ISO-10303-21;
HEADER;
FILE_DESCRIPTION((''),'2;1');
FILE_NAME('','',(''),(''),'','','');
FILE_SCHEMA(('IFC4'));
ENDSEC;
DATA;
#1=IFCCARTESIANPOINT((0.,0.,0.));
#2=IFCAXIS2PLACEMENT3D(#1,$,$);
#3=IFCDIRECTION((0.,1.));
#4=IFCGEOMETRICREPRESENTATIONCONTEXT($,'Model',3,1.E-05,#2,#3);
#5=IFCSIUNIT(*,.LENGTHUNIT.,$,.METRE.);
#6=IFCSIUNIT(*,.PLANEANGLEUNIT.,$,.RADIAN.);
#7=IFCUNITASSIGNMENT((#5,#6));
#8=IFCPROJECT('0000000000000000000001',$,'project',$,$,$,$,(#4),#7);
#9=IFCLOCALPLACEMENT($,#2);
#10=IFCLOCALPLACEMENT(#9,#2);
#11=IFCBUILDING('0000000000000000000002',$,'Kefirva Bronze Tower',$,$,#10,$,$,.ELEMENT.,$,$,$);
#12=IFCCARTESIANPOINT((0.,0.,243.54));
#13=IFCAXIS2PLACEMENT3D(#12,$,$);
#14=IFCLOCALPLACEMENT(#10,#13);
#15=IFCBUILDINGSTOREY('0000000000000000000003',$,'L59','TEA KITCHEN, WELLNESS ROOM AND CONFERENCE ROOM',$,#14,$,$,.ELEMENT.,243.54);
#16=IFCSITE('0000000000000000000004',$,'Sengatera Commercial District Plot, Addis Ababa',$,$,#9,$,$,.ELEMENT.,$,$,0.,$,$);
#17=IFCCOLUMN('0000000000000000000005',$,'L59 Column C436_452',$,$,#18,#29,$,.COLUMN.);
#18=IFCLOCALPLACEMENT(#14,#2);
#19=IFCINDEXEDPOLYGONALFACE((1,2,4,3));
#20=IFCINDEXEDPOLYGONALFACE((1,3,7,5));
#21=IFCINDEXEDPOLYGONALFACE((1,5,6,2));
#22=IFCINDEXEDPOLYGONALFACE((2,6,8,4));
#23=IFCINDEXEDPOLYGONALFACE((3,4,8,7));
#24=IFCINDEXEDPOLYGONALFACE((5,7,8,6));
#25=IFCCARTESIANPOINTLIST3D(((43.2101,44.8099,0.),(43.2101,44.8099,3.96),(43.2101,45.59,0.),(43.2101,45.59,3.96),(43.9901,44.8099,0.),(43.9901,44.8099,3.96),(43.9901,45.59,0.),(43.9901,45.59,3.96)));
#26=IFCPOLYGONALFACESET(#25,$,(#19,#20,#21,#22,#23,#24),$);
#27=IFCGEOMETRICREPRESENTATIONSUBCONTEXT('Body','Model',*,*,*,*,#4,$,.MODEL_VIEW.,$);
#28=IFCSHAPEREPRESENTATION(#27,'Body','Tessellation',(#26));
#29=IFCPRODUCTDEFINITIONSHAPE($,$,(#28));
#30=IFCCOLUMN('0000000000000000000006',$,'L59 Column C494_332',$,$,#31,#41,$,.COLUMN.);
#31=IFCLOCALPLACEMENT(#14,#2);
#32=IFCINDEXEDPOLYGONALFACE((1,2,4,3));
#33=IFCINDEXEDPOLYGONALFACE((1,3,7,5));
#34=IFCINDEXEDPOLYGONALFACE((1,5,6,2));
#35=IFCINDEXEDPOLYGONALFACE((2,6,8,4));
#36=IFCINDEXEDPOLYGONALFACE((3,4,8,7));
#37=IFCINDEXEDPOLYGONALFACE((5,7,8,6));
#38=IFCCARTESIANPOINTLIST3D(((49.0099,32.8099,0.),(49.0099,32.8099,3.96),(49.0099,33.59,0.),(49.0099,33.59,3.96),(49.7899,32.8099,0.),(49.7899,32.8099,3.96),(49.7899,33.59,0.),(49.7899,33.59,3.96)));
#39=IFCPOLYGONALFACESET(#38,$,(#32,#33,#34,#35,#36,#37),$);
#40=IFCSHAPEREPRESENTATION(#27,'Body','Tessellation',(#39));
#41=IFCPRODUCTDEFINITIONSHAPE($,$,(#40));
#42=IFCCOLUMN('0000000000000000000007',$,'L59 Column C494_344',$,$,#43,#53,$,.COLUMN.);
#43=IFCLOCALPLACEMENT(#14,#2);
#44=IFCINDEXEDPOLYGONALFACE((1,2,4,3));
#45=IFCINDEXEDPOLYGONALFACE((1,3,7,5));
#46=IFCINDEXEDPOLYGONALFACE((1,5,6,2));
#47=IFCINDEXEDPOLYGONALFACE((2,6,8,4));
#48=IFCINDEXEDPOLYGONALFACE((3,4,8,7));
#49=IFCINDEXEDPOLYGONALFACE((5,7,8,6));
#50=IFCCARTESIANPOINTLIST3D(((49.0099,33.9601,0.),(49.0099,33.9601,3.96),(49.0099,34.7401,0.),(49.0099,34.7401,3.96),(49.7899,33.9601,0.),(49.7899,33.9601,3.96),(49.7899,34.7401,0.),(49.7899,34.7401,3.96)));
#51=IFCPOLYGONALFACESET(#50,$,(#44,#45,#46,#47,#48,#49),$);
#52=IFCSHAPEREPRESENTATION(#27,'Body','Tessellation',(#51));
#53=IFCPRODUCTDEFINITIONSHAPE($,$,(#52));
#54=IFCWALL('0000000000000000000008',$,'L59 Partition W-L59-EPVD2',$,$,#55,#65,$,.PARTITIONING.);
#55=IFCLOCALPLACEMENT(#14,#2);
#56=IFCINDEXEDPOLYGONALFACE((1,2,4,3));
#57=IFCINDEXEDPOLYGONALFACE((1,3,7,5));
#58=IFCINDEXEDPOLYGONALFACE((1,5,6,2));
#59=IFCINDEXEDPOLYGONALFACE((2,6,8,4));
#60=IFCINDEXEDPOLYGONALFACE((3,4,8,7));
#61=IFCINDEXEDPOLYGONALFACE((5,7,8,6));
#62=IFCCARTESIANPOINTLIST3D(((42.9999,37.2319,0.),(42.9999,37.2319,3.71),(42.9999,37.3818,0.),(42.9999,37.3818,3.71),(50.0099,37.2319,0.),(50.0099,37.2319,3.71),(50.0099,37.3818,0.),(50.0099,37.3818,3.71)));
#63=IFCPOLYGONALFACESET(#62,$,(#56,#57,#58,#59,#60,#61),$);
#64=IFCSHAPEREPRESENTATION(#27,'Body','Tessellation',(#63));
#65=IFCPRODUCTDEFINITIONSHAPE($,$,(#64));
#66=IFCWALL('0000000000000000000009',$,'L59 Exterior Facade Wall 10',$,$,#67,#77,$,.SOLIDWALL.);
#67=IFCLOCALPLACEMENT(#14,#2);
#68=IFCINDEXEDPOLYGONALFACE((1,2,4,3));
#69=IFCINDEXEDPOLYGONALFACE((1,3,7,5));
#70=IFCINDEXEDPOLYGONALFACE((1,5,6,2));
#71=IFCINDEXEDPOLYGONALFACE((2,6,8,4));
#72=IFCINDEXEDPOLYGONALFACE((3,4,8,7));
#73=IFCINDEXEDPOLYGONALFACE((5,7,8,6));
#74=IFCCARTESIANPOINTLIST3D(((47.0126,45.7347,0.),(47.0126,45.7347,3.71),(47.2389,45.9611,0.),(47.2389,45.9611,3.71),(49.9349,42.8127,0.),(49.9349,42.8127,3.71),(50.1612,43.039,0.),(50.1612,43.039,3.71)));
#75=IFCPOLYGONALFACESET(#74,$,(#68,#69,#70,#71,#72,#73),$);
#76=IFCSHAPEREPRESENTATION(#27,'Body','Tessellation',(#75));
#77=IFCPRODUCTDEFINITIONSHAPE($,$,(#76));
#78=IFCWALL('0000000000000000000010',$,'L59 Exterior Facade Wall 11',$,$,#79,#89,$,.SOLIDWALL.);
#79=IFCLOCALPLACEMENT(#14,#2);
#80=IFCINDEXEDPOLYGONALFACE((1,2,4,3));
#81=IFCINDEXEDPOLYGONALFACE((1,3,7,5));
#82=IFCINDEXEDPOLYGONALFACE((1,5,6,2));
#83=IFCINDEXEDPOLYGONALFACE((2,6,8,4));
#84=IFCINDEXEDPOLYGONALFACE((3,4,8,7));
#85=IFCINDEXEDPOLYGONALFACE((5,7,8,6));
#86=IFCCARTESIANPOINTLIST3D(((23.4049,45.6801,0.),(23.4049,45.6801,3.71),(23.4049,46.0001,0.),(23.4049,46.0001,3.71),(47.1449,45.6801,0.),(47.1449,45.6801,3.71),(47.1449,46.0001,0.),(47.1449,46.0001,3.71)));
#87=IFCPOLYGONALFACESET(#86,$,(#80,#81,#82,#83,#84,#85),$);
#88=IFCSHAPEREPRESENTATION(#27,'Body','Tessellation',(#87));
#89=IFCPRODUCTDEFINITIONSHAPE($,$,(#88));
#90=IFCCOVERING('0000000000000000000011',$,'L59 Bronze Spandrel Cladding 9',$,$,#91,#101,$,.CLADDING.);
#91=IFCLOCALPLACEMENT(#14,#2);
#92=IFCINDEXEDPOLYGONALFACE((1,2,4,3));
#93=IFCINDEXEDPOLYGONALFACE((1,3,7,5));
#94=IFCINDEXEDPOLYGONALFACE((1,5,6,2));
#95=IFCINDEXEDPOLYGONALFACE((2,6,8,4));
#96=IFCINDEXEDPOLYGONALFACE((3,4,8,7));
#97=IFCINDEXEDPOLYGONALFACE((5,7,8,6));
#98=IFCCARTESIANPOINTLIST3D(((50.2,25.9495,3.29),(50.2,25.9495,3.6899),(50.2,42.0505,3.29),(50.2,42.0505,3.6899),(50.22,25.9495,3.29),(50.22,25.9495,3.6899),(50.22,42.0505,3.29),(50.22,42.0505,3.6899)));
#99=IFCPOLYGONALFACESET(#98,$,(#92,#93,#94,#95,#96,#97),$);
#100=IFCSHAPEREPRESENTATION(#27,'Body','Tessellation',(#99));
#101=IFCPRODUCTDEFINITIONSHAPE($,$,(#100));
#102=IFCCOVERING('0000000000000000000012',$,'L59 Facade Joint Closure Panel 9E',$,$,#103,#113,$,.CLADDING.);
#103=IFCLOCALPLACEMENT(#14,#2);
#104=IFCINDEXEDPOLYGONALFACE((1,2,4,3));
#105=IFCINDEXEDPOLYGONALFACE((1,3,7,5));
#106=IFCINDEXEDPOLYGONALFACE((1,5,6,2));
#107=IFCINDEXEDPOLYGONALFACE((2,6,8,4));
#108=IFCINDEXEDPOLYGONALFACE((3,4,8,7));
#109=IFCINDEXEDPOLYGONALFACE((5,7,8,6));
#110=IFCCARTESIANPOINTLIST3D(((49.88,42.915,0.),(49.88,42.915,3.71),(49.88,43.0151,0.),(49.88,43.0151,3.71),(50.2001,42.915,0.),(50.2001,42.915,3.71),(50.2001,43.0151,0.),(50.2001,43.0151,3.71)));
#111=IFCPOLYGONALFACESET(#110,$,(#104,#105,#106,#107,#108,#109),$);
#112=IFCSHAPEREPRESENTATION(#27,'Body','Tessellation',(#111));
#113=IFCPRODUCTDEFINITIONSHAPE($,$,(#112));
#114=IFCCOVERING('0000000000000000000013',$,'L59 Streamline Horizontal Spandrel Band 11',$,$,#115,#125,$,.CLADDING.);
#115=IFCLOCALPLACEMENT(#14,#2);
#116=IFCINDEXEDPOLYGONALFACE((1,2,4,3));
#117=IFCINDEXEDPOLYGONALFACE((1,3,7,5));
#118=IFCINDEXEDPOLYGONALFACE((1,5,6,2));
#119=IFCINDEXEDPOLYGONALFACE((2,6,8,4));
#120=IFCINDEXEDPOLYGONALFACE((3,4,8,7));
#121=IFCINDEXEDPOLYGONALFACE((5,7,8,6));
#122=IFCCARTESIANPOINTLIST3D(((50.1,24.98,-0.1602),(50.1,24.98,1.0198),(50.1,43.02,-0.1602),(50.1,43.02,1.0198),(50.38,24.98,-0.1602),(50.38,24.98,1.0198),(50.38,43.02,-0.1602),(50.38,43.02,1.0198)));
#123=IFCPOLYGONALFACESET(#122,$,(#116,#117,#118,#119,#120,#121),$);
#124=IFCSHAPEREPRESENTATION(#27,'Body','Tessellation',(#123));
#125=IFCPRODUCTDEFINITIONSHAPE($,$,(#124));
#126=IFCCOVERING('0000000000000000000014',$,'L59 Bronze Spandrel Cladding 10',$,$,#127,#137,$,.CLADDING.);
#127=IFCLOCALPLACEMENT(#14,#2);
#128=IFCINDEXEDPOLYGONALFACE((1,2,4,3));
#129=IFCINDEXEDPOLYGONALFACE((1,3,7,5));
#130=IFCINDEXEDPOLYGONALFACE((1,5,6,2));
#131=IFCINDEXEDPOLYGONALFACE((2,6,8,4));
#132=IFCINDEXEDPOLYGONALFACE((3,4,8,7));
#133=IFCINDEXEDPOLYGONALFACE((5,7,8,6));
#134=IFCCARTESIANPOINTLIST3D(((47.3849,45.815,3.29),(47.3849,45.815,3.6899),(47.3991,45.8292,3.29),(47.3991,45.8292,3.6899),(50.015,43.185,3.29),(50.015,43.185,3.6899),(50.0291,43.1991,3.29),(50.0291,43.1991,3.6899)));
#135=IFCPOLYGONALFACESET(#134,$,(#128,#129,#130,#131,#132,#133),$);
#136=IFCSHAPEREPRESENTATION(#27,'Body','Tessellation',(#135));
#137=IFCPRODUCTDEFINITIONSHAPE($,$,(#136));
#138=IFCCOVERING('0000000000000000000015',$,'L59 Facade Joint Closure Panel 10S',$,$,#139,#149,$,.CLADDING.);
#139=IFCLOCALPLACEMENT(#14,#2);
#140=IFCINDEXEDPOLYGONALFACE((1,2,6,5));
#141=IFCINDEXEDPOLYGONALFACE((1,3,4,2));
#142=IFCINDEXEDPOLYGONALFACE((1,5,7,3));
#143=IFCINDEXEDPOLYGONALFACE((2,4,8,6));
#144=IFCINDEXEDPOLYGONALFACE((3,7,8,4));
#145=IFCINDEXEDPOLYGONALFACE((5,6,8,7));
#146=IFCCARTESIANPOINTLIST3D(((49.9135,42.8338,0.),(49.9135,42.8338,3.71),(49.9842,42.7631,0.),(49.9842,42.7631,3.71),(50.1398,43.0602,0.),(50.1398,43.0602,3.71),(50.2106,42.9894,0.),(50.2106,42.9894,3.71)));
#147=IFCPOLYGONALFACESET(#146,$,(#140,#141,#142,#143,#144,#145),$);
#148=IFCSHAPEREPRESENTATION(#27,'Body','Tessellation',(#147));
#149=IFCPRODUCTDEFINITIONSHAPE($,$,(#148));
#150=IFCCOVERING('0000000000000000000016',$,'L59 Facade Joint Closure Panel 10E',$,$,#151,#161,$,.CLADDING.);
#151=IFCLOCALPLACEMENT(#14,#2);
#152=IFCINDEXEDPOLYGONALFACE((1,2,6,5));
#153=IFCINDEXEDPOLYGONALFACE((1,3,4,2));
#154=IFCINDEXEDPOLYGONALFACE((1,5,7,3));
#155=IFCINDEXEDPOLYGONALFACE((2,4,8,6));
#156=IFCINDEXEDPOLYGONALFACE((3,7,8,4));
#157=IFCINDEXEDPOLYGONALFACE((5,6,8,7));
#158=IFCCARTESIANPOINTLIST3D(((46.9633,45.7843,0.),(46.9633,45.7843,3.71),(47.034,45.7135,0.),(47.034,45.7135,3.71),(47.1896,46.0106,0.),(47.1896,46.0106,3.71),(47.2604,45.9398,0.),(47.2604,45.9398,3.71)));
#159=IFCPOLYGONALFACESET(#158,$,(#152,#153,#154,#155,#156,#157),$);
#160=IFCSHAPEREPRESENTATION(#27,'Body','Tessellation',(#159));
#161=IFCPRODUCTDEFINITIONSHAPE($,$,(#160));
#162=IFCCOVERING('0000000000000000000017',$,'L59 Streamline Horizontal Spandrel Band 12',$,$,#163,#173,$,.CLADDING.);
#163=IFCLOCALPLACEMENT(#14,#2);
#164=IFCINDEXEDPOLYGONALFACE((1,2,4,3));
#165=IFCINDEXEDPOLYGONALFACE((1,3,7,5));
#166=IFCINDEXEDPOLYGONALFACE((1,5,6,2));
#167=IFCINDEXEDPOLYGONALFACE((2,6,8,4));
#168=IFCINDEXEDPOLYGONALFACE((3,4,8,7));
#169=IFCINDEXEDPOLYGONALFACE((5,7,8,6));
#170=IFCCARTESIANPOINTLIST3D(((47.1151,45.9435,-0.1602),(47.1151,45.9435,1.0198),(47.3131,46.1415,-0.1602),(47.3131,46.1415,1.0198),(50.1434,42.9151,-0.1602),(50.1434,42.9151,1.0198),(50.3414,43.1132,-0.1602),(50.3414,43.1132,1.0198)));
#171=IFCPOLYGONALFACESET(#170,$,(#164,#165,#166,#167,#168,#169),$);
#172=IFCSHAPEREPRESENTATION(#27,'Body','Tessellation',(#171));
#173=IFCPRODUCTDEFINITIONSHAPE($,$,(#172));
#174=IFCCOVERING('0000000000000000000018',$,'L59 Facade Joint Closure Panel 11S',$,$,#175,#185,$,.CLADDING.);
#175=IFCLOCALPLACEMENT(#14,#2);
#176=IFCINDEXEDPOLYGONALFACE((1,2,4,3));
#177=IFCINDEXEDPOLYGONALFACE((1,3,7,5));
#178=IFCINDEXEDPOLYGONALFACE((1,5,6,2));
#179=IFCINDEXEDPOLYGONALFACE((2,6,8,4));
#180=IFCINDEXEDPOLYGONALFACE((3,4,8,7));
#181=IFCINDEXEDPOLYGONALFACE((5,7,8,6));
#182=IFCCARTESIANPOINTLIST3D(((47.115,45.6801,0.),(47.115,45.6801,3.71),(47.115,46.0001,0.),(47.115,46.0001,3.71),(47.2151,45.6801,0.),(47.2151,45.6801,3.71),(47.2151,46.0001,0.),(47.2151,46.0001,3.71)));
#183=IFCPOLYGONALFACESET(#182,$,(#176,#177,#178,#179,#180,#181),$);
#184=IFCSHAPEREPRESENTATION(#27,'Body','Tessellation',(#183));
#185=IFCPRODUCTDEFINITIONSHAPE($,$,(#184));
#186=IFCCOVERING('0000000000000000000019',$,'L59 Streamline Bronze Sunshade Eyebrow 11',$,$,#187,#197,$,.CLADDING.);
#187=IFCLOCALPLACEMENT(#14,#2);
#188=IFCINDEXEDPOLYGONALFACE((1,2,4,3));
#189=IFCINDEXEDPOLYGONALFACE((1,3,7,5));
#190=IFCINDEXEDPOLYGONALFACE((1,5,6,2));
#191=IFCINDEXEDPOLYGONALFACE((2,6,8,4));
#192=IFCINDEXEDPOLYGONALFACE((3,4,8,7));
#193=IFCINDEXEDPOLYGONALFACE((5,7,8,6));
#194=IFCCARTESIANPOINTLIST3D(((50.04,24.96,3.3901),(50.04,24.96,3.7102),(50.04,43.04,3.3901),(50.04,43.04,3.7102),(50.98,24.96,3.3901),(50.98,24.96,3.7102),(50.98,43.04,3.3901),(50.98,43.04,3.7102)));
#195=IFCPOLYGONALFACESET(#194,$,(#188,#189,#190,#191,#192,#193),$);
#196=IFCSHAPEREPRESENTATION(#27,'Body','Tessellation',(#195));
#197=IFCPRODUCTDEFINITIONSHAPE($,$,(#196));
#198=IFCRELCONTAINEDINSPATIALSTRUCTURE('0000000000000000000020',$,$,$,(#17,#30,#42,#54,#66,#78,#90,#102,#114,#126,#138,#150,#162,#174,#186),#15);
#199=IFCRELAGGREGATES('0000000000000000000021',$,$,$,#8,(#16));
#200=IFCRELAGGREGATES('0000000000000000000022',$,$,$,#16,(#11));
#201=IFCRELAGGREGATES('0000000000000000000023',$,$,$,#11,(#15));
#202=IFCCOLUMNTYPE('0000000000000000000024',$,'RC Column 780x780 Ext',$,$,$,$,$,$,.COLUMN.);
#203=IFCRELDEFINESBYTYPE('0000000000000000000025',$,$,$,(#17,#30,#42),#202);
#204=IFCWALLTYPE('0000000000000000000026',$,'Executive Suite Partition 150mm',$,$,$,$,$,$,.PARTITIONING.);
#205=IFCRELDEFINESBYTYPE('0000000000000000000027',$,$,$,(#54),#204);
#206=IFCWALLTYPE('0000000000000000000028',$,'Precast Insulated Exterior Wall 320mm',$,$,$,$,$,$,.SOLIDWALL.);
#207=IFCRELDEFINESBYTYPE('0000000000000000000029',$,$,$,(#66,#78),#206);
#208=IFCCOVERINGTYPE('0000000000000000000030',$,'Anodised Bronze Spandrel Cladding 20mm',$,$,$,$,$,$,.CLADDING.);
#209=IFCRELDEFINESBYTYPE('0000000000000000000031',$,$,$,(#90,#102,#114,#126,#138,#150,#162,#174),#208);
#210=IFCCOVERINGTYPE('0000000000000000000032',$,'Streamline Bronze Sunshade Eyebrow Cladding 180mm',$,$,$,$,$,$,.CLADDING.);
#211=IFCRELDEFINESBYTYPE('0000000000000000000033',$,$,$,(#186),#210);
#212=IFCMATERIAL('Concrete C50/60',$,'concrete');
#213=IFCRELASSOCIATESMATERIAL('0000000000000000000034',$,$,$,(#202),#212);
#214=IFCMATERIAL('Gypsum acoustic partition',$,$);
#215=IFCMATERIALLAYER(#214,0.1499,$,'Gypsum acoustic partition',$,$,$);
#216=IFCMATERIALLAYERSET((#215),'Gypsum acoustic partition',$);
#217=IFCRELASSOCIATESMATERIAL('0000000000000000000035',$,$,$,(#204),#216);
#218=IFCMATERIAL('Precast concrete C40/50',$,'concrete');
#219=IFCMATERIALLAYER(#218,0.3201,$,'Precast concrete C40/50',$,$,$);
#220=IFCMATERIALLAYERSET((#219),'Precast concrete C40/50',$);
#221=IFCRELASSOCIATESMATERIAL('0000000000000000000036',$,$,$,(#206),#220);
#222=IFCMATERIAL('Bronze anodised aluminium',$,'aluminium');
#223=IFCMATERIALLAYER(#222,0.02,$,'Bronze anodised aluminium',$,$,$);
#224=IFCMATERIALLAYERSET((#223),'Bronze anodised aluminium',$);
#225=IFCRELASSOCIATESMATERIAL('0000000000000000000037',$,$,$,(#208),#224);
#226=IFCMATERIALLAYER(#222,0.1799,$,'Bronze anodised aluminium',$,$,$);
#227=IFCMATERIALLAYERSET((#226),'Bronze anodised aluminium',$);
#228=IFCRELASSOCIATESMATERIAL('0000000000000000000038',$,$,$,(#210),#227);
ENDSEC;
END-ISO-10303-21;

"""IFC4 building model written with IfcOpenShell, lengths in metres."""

from ifc_helpers import new_model, si_unit, direction, frame, frame_2d, origin, origin_2d, place, context, subcontext, project, spatial, rectangle, extrude, material, layer, layer_set, material_profile, profile_set, type_object, element, save


model = new_model("IFC4")

# Units and contexts
model_context = context("Model", 3, precision=1e-05, world=origin(), true_north=direction((0.0, 1.0)))
body_context = subcontext(model_context, "Body", "Model", "MODEL_VIEW")
ifc_project = project(units=[si_unit("LENGTHUNIT", "METRE"), si_unit("PLANEANGLEUNIT", "RADIAN")], contexts=[model_context])

# Site, building, storey
site_placement = place(None, origin())
site = spatial("IfcSite", under=ifc_project, at=site_placement, Name="Sengatera Commercial District Plot, Addis Ababa", CompositionType="ELEMENT", RefElevation=0.0)
building_placement = place(site_placement, origin())
building = spatial("IfcBuilding", under=site, at=building_placement, Name="Kefirva Bronze Tower", CompositionType="ELEMENT")
storey_placement = place(building_placement, frame((0.0, 0.0, 243.54)))
storey = spatial("IfcBuildingStorey", under=building, at=storey_placement, Name="L59", Description="TEA KITCHEN, WELLNESS ROOM AND CONFERENCE ROOM", CompositionType="ELEMENT", Elevation=243.54)

# Columns
ifc_material_1 = material(Name="Concrete C50/60", Category="concrete")
ifc_material_profile = material_profile(ifc_material_1, rectangle(XDim=0.78, YDim=0.78, at=origin_2d()), Name="RC 780x780")
ifc_profile_set = profile_set([ifc_material_profile], Name="Concrete C50/60")
column_type = type_object("IfcColumnType", Name="RC Column 780x780 Ext", PredefinedType="COLUMN", material=ifc_profile_set)
for number, where, z_axis, x_axis, name in (
    (1, (43.6001, 45.2, 0.0), (0.0, 0.0, 1.0), (1.0, 0.0, 0.0), "L59 Column C436_452"),
    (2, (49.3999, 33.2, 0.0), (0.0, 0.0, 1.0), (1.0, 0.0, 0.0), "L59 Column C494_332"),
    (3, (49.3999, 34.3501, 0.0), (0.0, 0.0, 1.0), (1.0, 0.0, 0.0), "L59 Column C494_344"),
):
    element("IfcColumn", number, at=place(storey_placement, frame(where, z_axis=z_axis, x_axis=x_axis)), inside=storey, type_object=column_type, Name=name, PredefinedType="COLUMN", context=body_context, shape_type="SweptSolid", body=[
        extrude(rectangle(XDim=0.78, YDim=0.78, at=origin_2d()), origin(), (0.0, 0.0, 1.0), 3.96),
    ])

# Walls
ifc_material_2 = material(Name="Gypsum acoustic partition")
ifc_layer_1 = layer(ifc_material_2, 0.1499, Name="Gypsum acoustic partition")
ifc_layer_set_1 = layer_set([ifc_layer_1], Name="Gypsum acoustic partition")
wall_type_1 = type_object("IfcWallType", Name="Executive Suite Partition 150mm", PredefinedType="PARTITIONING", material=ifc_layer_set_1)
wall_1_placement = place(storey_placement, frame((43.0, 37.3069, 0.0), z_axis=(0.0, 0.0, 1.0), x_axis=(1.0, 0.0, 0.0)))
element("IfcWall", 4, at=wall_1_placement, inside=storey, type_object=wall_type_1, Name="L59 Partition W-L59-EPVD2", PredefinedType="PARTITIONING", context=body_context, shape_type="SweptSolid", body=[
    extrude(rectangle(XDim=7.01, YDim=0.1499, at=frame_2d((3.5049, 0.0))), origin(), (0.0, 0.0, 1.0), 3.71),
])
ifc_material_3 = material(Name="Precast concrete C40/50", Category="concrete")
ifc_layer_2 = layer(ifc_material_3, 0.3201, Name="Precast concrete C40/50")
ifc_layer_set_2 = layer_set([ifc_layer_2], Name="Precast concrete C40/50")
wall_type_2 = type_object("IfcWallType", Name="Precast Insulated Exterior Wall 320mm", PredefinedType="SOLIDWALL", material=ifc_layer_set_2)
wall_2_placement = place(storey_placement, frame((50.0481, 42.9258, 0.0), z_axis=(0.0, 0.0, 1.0), x_axis=(-0.707136, 0.707077, 0.0)))
element("IfcWall", 5, at=wall_2_placement, inside=storey, type_object=wall_type_2, Name="L59 Exterior Facade Wall 10", PredefinedType="SOLIDWALL", context=body_context, shape_type="SweptSolid", body=[
    extrude(rectangle(XDim=4.1326, YDim=0.3201, at=frame_2d((2.0664, 0.0))), origin(), (0.0, 0.0, 1.0), 3.71),
])
wall_3_placement = place(storey_placement, frame((47.145, 45.8401, 0.0), z_axis=(0.0, 0.0, 1.0), x_axis=(-1.0, 0.0, 0.0)))
element("IfcWall", 6, at=wall_3_placement, inside=storey, type_object=wall_type_2, Name="L59 Exterior Facade Wall 11", PredefinedType="SOLIDWALL", context=body_context, shape_type="SweptSolid", body=[
    extrude(rectangle(XDim=23.74, YDim=0.3201, at=frame_2d((11.8701, 0.0))), origin(), (0.0, 0.0, 1.0), 3.71),
])

# Coverings
ifc_material_4 = material(Name="Bronze anodised aluminium", Category="aluminium")
ifc_layer_3 = layer(ifc_material_4, 0.02, Name="Bronze anodised aluminium")
ifc_layer_set_3 = layer_set([ifc_layer_3], Name="Bronze anodised aluminium")
covering_type_1 = type_object("IfcCoveringType", Name="Anodised Bronze Spandrel Cladding 20mm", PredefinedType="CLADDING", material=ifc_layer_set_3)
covering_1_placement = place(storey_placement, frame((50.21, 34.0, 3.29), z_axis=(0.0, 0.0, 1.0), x_axis=(0.0, 1.0, 0.0)))
element("IfcCovering", 7, at=covering_1_placement, inside=storey, type_object=covering_type_1, Name="L59 Bronze Spandrel Cladding 9", PredefinedType="CLADDING", context=body_context, shape_type="SweptSolid", body=[
    extrude(rectangle(XDim=16.1011, YDim=0.02, at=origin_2d()), origin(), (0.0, 0.0, 1.0), 0.3999),
])
covering_2_placement = place(storey_placement, frame((50.04, 42.9651, 0.0), z_axis=(0.0, 0.0, 1.0), x_axis=(0.0, 1.0, 0.0)))
element("IfcCovering", 8, at=covering_2_placement, inside=storey, type_object=covering_type_1, Name="L59 Facade Joint Closure Panel 9E", PredefinedType="CLADDING", context=body_context, shape_type="SweptSolid", body=[
    extrude(rectangle(XDim=0.1001, YDim=0.3201, at=origin_2d()), origin(), (0.0, 0.0, 1.0), 3.71),
])
covering_3_placement = place(storey_placement, frame((50.24, 34.0, -0.1602), z_axis=(0.0, 0.0, 1.0), x_axis=(0.0, 1.0, 0.0)))
element("IfcCovering", 9, at=covering_3_placement, inside=storey, type_object=covering_type_1, Name="L59 Streamline Horizontal Spandrel Band 11", PredefinedType="CLADDING", context=body_context, shape_type="SweptSolid", body=[
    extrude(rectangle(XDim=18.04, YDim=0.28, at=origin_2d()), origin(), (0.0, 0.0, 1.0), 1.1799),
])
covering_4_placement = place(storey_placement, frame((48.707, 44.5071, 3.29), z_axis=(0.0, 0.0, 1.0), x_axis=(-0.707107, 0.707107, 0.0)))
element("IfcCovering", 10, at=covering_4_placement, inside=storey, type_object=covering_type_1, Name="L59 Bronze Spandrel Cladding 10", PredefinedType="CLADDING", context=body_context, shape_type="SweptSolid", body=[
    extrude(rectangle(XDim=3.7195, YDim=0.02, at=origin_2d()), origin(), (0.0, 0.0, 1.0), 0.3999),
])
for number, where, z_axis, x_axis, name in (
    (11, (50.062, 42.9116, 0.0), (0.0, 0.0, 1.0), (-0.707107, 0.707107, 0.0), "L59 Facade Joint Closure Panel 10S"),
    (12, (47.1118, 45.8621, 0.0), (0.0, 0.0, 1.0), (-0.707107, 0.707107, 0.0), "L59 Facade Joint Closure Panel 10E"),
):
    element("IfcCovering", number, at=place(storey_placement, frame(where, z_axis=z_axis, x_axis=x_axis)), inside=storey, type_object=covering_type_1, Name=name, PredefinedType="CLADDING", context=body_context, shape_type="SweptSolid", body=[
        extrude(rectangle(XDim=0.1001, YDim=0.3201, at=origin_2d()), origin(), (0.0, 0.0, 1.0), 3.71),
    ])
covering_5_placement = place(storey_placement, frame((48.7283, 44.5283, -0.1602), z_axis=(0.0, 0.0, 1.0), x_axis=(-0.707107, 0.707107, 0.0)))
element("IfcCovering", 13, at=covering_5_placement, inside=storey, type_object=covering_type_1, Name="L59 Streamline Horizontal Spandrel Band 12", PredefinedType="CLADDING", context=body_context, shape_type="SweptSolid", body=[
    extrude(rectangle(XDim=4.2827, YDim=0.28, at=origin_2d()), origin(), (0.0, 0.0, 1.0), 1.1799),
])
covering_6_placement = place(storey_placement, frame((47.165, 45.8401, 0.0), z_axis=(0.0, 0.0, 1.0), x_axis=(-1.0, 0.0, 0.0)))
element("IfcCovering", 14, at=covering_6_placement, inside=storey, type_object=covering_type_1, Name="L59 Facade Joint Closure Panel 11S", PredefinedType="CLADDING", context=body_context, shape_type="SweptSolid", body=[
    extrude(rectangle(XDim=0.1001, YDim=0.3201, at=origin_2d()), origin(), (0.0, 0.0, 1.0), 3.71),
])
ifc_layer_4 = layer(ifc_material_4, 0.1799, Name="Bronze anodised aluminium")
ifc_layer_set_4 = layer_set([ifc_layer_4], Name="Bronze anodised aluminium")
covering_type_2 = type_object("IfcCoveringType", Name="Streamline Bronze Sunshade Eyebrow Cladding 180mm", PredefinedType="CLADDING", material=ifc_layer_set_4)
covering_7_placement = place(storey_placement, frame((50.51, 34.0, 3.3901), z_axis=(0.0, 0.0, 1.0), x_axis=(0.0, 1.0, 0.0)))
element("IfcCovering", 15, at=covering_7_placement, inside=storey, type_object=covering_type_2, Name="L59 Streamline Bronze Sunshade Eyebrow 11", PredefinedType="CLADDING", context=body_context, shape_type="SweptSolid", body=[
    extrude(rectangle(XDim=18.0801, YDim=0.9399, at=origin_2d()), origin(), (0.0, 0.0, 1.0), 0.3201),
])

save(model, "model.ifc")
